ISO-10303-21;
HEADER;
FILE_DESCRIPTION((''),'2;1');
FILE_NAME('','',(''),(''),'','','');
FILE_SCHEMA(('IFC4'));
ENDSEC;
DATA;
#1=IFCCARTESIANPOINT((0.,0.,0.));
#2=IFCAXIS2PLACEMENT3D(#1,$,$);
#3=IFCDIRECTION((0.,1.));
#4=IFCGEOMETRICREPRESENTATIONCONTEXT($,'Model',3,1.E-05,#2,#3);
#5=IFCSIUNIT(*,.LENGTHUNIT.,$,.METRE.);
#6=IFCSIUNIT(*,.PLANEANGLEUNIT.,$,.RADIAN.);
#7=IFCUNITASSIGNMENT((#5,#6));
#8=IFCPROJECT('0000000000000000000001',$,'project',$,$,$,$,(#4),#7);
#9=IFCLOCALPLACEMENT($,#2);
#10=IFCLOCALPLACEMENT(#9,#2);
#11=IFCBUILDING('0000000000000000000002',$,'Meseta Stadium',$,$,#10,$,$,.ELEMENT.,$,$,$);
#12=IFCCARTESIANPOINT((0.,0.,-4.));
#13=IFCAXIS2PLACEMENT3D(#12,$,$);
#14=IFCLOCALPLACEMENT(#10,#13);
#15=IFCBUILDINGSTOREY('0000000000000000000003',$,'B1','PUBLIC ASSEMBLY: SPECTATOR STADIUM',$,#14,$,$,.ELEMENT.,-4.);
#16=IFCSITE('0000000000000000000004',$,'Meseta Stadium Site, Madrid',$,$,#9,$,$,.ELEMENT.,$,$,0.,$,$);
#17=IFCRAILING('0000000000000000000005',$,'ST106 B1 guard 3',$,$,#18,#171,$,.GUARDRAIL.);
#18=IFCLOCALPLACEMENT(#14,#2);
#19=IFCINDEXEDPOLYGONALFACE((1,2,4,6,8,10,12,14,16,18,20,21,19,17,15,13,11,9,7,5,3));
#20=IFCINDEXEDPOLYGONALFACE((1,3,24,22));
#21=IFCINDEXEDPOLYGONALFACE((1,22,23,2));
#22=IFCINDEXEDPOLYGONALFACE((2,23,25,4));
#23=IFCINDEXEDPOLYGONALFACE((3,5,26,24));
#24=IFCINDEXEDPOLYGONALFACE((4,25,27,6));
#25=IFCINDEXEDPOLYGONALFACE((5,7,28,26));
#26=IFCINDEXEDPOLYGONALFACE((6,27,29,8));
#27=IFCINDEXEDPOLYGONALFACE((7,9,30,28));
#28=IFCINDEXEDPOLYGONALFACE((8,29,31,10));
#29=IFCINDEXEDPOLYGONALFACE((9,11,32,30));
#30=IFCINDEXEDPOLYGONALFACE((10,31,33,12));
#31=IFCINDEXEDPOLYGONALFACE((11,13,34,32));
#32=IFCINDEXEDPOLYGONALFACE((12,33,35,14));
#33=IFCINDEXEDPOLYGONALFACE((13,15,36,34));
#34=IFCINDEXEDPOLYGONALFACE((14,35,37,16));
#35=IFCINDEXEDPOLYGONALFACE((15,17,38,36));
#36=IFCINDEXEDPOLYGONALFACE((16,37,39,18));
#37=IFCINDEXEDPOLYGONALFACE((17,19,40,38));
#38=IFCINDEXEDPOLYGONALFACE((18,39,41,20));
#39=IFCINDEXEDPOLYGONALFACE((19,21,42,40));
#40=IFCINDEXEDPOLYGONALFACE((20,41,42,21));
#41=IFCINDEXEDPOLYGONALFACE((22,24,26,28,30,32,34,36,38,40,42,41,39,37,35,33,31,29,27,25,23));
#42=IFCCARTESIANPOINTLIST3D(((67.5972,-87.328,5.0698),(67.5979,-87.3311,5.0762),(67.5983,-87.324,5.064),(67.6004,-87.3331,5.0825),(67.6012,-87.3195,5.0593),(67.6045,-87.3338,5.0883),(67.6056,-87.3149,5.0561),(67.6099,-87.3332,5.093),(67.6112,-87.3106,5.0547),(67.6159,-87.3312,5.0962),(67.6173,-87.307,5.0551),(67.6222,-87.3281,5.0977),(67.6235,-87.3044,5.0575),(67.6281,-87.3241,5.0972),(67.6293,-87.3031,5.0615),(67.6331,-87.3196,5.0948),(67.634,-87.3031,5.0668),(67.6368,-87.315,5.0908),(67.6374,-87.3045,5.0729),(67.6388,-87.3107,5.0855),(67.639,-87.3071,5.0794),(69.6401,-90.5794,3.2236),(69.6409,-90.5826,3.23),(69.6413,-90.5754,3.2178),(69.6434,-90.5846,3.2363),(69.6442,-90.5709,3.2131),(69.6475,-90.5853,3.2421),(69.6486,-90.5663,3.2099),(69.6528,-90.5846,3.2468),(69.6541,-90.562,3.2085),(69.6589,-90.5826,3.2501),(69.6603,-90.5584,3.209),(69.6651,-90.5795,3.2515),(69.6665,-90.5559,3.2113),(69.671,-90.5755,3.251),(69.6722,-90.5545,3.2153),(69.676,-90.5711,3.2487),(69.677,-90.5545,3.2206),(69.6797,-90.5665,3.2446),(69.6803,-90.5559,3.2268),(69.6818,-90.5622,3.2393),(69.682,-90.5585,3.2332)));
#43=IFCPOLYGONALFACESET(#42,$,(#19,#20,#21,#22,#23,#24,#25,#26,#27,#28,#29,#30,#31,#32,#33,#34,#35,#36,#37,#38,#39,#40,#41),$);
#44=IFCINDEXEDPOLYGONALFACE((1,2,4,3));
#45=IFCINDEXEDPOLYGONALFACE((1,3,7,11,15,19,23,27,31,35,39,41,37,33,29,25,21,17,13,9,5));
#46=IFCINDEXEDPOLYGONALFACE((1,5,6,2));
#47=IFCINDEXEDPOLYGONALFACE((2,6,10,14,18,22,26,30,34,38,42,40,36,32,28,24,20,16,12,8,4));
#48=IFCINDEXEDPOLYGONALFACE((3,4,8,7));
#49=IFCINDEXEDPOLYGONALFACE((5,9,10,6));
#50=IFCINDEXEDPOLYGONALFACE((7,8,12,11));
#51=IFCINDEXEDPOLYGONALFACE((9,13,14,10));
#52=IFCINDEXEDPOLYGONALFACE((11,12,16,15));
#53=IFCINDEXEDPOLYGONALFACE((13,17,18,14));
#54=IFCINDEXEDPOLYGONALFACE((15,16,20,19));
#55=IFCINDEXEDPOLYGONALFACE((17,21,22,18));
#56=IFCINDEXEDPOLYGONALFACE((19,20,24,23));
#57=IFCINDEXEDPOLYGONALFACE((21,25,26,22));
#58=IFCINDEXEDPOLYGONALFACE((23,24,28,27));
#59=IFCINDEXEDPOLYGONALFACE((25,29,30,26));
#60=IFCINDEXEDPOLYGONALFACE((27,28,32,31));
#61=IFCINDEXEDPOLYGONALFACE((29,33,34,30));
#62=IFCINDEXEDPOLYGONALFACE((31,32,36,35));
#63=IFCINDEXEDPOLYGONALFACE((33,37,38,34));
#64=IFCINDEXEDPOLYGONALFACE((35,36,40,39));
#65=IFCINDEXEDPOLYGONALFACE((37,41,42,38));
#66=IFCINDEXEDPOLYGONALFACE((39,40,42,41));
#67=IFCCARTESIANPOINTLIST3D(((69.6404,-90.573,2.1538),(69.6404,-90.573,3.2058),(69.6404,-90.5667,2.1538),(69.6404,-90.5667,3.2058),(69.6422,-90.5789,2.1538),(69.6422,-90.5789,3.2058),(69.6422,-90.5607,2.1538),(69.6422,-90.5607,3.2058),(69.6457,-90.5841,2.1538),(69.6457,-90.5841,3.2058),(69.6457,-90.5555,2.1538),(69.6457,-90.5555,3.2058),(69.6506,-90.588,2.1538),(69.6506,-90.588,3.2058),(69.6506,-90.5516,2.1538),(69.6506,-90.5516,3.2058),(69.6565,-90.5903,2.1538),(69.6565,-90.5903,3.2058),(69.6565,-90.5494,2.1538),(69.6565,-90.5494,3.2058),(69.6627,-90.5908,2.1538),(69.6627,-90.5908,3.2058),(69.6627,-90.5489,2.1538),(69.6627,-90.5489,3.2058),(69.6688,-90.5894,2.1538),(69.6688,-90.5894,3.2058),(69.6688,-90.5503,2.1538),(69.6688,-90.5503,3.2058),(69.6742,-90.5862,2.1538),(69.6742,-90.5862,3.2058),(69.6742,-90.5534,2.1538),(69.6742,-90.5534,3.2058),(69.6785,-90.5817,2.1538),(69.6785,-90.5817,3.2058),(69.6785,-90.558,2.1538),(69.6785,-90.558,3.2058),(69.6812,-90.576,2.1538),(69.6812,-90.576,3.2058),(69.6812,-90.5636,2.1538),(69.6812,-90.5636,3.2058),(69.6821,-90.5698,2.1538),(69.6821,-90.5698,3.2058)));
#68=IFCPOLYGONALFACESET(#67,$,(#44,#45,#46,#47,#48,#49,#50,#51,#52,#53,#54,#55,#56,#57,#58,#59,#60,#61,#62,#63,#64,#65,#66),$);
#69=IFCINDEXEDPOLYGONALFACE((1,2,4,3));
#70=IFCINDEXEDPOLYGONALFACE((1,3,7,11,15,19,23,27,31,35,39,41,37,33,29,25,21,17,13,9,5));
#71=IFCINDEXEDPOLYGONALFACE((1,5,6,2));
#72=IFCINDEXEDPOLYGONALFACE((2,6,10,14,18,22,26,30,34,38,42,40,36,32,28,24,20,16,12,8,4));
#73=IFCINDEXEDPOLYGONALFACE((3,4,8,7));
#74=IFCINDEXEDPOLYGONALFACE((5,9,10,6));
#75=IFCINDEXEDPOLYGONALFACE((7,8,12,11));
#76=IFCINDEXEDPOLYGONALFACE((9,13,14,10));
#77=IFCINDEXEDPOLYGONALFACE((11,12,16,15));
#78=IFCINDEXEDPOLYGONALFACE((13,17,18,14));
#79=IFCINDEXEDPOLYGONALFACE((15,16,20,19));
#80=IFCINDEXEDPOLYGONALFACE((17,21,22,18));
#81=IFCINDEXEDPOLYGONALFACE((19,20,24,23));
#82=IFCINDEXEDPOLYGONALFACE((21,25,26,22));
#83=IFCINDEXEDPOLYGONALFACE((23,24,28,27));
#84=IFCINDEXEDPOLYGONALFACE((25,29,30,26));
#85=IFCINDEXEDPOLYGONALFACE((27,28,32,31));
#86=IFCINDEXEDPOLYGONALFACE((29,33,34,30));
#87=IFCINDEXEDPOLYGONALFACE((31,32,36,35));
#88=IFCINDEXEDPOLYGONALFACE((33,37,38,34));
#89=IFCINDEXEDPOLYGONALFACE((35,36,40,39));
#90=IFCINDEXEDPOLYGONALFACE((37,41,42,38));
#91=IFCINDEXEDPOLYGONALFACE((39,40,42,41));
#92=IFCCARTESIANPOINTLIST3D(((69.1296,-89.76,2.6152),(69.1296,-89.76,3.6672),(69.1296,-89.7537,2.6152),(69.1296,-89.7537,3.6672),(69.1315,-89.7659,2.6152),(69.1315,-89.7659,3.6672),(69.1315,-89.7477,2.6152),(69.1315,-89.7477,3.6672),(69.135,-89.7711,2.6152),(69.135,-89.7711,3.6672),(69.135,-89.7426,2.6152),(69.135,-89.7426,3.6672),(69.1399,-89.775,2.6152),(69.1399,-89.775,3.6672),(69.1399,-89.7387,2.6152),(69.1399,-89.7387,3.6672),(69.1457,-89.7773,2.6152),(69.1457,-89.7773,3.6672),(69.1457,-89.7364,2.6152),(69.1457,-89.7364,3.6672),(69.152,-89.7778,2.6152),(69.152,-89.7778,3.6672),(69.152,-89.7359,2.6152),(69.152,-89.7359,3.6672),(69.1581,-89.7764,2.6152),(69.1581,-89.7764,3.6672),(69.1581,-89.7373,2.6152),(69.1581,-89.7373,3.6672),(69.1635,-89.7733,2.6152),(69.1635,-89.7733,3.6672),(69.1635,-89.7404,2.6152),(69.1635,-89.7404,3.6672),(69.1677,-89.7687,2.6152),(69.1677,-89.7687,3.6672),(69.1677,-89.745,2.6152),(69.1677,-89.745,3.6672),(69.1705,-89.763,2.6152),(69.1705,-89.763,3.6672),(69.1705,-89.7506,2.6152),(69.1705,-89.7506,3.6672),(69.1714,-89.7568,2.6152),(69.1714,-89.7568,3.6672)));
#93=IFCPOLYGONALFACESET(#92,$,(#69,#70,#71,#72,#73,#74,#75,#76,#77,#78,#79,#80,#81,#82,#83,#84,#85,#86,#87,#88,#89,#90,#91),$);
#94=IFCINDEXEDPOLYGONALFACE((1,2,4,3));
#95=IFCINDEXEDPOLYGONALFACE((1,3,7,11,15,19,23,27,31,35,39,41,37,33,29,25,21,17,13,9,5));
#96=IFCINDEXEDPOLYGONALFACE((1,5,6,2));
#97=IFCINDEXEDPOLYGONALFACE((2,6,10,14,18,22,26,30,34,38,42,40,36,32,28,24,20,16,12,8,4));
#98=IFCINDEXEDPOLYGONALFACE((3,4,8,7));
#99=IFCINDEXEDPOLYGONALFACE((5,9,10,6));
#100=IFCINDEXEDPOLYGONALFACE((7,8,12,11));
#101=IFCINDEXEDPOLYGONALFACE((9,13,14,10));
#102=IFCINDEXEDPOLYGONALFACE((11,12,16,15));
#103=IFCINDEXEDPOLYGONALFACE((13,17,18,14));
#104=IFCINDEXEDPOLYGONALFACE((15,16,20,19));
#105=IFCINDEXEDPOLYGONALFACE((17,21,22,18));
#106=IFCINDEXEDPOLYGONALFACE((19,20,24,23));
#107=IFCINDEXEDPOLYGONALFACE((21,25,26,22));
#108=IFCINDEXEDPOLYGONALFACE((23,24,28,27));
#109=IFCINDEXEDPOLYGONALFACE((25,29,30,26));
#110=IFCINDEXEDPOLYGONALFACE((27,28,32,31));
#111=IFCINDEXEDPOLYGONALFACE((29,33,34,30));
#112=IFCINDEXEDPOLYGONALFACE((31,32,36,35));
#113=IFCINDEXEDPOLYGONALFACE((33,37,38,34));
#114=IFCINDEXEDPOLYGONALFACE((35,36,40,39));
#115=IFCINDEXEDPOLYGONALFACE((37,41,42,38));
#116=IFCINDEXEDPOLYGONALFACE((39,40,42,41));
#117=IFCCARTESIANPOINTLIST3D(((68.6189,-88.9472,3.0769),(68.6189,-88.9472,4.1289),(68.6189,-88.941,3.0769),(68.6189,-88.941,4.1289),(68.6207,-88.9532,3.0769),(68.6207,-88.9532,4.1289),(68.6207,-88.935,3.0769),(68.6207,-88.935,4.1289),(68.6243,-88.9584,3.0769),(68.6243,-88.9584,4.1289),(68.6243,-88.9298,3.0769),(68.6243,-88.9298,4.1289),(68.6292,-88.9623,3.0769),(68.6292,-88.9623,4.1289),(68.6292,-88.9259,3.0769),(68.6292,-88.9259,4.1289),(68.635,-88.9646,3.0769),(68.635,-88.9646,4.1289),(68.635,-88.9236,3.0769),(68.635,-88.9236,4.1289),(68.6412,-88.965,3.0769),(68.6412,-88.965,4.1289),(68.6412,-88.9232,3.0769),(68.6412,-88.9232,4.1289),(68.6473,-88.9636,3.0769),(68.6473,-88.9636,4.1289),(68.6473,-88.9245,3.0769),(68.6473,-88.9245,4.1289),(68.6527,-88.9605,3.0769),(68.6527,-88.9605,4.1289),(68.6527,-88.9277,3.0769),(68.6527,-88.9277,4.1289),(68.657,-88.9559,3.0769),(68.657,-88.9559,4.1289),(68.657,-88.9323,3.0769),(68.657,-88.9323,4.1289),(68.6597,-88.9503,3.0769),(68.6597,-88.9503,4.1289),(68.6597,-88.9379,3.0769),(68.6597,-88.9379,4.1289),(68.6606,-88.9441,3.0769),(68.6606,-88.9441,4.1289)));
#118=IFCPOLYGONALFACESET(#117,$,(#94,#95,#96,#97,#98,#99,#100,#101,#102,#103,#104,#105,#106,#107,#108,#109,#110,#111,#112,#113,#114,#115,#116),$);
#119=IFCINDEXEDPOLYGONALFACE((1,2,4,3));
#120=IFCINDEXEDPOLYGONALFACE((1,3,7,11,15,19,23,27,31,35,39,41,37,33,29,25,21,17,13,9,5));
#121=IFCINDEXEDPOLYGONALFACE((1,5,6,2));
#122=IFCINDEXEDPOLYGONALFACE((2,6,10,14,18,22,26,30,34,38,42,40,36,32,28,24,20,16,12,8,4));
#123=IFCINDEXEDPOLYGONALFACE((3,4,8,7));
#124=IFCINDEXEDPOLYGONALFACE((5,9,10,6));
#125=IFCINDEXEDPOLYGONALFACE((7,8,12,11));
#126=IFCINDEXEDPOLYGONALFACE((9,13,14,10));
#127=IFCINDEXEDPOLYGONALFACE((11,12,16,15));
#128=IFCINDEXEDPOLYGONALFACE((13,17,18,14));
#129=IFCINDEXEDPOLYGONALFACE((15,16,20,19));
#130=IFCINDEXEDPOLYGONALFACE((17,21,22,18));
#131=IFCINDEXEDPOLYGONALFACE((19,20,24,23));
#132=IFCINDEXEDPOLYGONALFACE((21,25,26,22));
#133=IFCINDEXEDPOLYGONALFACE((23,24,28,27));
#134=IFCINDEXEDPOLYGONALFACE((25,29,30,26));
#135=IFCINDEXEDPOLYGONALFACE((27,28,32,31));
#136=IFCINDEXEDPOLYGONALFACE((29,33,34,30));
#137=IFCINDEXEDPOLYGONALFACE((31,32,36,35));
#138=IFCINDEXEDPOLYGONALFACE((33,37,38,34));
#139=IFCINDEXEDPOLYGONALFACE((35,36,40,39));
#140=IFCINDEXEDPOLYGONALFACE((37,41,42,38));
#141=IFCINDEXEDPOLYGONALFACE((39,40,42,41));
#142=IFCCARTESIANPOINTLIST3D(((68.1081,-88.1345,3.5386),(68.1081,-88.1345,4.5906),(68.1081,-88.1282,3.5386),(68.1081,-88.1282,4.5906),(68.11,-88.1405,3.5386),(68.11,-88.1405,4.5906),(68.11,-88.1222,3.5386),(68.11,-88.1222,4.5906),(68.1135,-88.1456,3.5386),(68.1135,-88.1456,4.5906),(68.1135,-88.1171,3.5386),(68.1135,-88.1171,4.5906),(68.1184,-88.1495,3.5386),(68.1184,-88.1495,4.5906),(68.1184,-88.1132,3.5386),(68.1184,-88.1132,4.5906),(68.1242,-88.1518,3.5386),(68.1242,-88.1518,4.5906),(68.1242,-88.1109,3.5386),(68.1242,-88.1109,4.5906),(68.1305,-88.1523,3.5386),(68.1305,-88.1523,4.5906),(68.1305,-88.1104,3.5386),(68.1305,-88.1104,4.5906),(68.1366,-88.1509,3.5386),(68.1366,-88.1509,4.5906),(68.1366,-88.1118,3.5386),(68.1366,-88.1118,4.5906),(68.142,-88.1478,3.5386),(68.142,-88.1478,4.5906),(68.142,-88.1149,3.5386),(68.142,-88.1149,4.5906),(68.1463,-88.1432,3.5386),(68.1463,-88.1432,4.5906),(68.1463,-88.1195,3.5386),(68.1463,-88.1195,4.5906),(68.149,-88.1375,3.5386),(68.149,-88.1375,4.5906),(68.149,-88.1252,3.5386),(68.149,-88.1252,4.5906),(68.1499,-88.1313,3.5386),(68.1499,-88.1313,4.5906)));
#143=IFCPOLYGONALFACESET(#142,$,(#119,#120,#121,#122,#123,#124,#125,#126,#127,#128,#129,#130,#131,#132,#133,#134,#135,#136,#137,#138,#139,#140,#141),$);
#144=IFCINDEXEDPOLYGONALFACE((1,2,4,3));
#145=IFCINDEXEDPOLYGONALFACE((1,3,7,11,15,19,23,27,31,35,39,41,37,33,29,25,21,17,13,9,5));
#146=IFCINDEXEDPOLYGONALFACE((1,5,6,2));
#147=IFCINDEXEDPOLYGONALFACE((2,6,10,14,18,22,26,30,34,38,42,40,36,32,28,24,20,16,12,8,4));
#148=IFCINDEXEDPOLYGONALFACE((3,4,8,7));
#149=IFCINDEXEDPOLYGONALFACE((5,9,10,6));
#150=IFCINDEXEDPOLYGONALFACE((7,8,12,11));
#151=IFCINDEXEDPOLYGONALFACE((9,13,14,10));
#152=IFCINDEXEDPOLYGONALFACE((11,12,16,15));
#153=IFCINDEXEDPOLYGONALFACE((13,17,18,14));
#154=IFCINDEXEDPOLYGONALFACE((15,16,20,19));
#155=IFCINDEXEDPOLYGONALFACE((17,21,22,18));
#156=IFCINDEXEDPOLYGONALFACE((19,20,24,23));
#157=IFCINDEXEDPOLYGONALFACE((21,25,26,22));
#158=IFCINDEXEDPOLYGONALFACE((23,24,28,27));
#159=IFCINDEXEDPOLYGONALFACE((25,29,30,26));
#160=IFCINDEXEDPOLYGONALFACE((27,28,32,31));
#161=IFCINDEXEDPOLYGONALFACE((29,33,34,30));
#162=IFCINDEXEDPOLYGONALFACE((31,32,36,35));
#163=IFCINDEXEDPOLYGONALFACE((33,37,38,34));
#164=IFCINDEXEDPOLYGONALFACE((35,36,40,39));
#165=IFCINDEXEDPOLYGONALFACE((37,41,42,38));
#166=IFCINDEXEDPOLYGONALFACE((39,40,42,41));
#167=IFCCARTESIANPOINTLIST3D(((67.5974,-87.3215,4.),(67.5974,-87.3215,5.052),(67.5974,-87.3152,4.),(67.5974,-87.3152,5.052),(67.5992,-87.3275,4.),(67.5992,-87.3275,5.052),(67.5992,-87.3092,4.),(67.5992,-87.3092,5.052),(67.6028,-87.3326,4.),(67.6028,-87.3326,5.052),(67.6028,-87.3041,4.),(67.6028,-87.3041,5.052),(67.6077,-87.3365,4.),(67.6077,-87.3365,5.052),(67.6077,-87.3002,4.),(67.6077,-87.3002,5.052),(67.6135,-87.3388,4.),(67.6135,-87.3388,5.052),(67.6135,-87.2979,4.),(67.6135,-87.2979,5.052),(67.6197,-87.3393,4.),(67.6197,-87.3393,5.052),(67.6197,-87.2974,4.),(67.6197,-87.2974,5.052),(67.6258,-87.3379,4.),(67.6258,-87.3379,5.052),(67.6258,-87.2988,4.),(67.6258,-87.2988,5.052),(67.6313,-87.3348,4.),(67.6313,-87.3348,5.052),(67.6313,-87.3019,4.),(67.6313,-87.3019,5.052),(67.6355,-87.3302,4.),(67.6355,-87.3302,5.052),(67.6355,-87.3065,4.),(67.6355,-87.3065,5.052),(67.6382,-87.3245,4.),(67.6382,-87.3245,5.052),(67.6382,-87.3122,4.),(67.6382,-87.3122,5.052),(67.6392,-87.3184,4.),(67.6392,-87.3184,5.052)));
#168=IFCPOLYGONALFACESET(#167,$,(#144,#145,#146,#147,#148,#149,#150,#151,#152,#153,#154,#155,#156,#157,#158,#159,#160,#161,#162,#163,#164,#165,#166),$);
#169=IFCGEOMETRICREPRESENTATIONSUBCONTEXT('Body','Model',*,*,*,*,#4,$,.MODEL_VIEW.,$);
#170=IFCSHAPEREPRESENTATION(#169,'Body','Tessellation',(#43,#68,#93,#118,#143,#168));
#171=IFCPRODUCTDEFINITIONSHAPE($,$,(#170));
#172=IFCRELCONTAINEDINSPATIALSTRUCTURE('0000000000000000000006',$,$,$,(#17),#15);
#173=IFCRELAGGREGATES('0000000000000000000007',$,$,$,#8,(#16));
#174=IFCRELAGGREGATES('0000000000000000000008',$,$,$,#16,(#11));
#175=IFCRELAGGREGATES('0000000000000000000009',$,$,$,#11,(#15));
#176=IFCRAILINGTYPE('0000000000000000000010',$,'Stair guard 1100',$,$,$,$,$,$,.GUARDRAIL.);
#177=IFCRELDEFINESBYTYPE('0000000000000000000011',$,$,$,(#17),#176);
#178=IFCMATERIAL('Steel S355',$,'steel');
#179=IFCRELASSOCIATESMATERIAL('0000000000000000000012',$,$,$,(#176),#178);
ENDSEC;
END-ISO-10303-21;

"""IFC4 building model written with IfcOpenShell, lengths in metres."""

from ifc_helpers import new_model, si_unit, direction, frame, origin, origin_2d, place, context, subcontext, project, spatial, circle, extrude, material, type_object, element, save


model = new_model("IFC4")

# Units and contexts
model_context = context("Model", 3, precision=1e-05, world=origin(), true_north=direction((0.0, 1.0)))
body_context = subcontext(model_context, "Body", "Model", "MODEL_VIEW")
ifc_project = project(units=[si_unit("LENGTHUNIT", "METRE"), si_unit("PLANEANGLEUNIT", "RADIAN")], contexts=[model_context])

# Site, building, storey
site_placement = place(None, origin())
site = spatial("IfcSite", under=ifc_project, at=site_placement, Name="Meseta Stadium Site, Madrid", CompositionType="ELEMENT", RefElevation=0.0)
building_placement = place(site_placement, origin())
building = spatial("IfcBuilding", under=site, at=building_placement, Name="Meseta Stadium", CompositionType="ELEMENT")
storey_placement = place(building_placement, frame((0.0, 0.0, -4.0)))
storey = spatial("IfcBuildingStorey", under=building, at=storey_placement, Name="B1", Description="PUBLIC ASSEMBLY: SPECTATOR STADIUM", CompositionType="ELEMENT", Elevation=-4.0)

# Railing
ifc_material_1 = material(Name="Steel S355", Category="steel")
railing_type_1 = type_object("IfcRailingType", Name="Stair guard 1100", PredefinedType="GUARDRAIL", material=ifc_material_1)
railing_1_placement = place(storey_placement, frame((69.6611, -90.5698, 2.1538)))
element("IfcRailing", 1, at=railing_1_placement, inside=storey, type_object=railing_type_1, Name="ST106 B1 guard 3", PredefinedType="GUARDRAIL", context=body_context, shape_type="SweptSolid", body=[
    extrude(circle(Radius=0.0239, at=origin_2d()), frame((0.0, 0.0, 1.0762), z_axis=(-0.479483, 0.763117, 0.4333), x_axis=(-0.846731, -0.53202, 0.0)), (0.0, 0.0, 1.0), 4.2607),
    extrude(circle(Radius=0.021, at=origin_2d()), origin(), (0.0, 0.0, 1.0), 1.052),
    extrude(circle(Radius=0.021, at=origin_2d()), frame((-0.5107, 0.813, 0.4614)), (0.0, 0.0, 1.0), 1.052),
    extrude(circle(Radius=0.021, at=origin_2d()), frame((-1.0215, 1.6257, 0.9231)), (0.0, 0.0, 1.0), 1.052),
    extrude(circle(Radius=0.021, at=origin_2d()), frame((-1.5322, 2.4385, 1.3848)), (0.0, 0.0, 1.0), 1.052),
    extrude(circle(Radius=0.021, at=origin_2d()), frame((-2.043, 3.2515, 1.8462)), (0.0, 0.0, 1.0), 1.052),
])

save(model, "model.ifc")
